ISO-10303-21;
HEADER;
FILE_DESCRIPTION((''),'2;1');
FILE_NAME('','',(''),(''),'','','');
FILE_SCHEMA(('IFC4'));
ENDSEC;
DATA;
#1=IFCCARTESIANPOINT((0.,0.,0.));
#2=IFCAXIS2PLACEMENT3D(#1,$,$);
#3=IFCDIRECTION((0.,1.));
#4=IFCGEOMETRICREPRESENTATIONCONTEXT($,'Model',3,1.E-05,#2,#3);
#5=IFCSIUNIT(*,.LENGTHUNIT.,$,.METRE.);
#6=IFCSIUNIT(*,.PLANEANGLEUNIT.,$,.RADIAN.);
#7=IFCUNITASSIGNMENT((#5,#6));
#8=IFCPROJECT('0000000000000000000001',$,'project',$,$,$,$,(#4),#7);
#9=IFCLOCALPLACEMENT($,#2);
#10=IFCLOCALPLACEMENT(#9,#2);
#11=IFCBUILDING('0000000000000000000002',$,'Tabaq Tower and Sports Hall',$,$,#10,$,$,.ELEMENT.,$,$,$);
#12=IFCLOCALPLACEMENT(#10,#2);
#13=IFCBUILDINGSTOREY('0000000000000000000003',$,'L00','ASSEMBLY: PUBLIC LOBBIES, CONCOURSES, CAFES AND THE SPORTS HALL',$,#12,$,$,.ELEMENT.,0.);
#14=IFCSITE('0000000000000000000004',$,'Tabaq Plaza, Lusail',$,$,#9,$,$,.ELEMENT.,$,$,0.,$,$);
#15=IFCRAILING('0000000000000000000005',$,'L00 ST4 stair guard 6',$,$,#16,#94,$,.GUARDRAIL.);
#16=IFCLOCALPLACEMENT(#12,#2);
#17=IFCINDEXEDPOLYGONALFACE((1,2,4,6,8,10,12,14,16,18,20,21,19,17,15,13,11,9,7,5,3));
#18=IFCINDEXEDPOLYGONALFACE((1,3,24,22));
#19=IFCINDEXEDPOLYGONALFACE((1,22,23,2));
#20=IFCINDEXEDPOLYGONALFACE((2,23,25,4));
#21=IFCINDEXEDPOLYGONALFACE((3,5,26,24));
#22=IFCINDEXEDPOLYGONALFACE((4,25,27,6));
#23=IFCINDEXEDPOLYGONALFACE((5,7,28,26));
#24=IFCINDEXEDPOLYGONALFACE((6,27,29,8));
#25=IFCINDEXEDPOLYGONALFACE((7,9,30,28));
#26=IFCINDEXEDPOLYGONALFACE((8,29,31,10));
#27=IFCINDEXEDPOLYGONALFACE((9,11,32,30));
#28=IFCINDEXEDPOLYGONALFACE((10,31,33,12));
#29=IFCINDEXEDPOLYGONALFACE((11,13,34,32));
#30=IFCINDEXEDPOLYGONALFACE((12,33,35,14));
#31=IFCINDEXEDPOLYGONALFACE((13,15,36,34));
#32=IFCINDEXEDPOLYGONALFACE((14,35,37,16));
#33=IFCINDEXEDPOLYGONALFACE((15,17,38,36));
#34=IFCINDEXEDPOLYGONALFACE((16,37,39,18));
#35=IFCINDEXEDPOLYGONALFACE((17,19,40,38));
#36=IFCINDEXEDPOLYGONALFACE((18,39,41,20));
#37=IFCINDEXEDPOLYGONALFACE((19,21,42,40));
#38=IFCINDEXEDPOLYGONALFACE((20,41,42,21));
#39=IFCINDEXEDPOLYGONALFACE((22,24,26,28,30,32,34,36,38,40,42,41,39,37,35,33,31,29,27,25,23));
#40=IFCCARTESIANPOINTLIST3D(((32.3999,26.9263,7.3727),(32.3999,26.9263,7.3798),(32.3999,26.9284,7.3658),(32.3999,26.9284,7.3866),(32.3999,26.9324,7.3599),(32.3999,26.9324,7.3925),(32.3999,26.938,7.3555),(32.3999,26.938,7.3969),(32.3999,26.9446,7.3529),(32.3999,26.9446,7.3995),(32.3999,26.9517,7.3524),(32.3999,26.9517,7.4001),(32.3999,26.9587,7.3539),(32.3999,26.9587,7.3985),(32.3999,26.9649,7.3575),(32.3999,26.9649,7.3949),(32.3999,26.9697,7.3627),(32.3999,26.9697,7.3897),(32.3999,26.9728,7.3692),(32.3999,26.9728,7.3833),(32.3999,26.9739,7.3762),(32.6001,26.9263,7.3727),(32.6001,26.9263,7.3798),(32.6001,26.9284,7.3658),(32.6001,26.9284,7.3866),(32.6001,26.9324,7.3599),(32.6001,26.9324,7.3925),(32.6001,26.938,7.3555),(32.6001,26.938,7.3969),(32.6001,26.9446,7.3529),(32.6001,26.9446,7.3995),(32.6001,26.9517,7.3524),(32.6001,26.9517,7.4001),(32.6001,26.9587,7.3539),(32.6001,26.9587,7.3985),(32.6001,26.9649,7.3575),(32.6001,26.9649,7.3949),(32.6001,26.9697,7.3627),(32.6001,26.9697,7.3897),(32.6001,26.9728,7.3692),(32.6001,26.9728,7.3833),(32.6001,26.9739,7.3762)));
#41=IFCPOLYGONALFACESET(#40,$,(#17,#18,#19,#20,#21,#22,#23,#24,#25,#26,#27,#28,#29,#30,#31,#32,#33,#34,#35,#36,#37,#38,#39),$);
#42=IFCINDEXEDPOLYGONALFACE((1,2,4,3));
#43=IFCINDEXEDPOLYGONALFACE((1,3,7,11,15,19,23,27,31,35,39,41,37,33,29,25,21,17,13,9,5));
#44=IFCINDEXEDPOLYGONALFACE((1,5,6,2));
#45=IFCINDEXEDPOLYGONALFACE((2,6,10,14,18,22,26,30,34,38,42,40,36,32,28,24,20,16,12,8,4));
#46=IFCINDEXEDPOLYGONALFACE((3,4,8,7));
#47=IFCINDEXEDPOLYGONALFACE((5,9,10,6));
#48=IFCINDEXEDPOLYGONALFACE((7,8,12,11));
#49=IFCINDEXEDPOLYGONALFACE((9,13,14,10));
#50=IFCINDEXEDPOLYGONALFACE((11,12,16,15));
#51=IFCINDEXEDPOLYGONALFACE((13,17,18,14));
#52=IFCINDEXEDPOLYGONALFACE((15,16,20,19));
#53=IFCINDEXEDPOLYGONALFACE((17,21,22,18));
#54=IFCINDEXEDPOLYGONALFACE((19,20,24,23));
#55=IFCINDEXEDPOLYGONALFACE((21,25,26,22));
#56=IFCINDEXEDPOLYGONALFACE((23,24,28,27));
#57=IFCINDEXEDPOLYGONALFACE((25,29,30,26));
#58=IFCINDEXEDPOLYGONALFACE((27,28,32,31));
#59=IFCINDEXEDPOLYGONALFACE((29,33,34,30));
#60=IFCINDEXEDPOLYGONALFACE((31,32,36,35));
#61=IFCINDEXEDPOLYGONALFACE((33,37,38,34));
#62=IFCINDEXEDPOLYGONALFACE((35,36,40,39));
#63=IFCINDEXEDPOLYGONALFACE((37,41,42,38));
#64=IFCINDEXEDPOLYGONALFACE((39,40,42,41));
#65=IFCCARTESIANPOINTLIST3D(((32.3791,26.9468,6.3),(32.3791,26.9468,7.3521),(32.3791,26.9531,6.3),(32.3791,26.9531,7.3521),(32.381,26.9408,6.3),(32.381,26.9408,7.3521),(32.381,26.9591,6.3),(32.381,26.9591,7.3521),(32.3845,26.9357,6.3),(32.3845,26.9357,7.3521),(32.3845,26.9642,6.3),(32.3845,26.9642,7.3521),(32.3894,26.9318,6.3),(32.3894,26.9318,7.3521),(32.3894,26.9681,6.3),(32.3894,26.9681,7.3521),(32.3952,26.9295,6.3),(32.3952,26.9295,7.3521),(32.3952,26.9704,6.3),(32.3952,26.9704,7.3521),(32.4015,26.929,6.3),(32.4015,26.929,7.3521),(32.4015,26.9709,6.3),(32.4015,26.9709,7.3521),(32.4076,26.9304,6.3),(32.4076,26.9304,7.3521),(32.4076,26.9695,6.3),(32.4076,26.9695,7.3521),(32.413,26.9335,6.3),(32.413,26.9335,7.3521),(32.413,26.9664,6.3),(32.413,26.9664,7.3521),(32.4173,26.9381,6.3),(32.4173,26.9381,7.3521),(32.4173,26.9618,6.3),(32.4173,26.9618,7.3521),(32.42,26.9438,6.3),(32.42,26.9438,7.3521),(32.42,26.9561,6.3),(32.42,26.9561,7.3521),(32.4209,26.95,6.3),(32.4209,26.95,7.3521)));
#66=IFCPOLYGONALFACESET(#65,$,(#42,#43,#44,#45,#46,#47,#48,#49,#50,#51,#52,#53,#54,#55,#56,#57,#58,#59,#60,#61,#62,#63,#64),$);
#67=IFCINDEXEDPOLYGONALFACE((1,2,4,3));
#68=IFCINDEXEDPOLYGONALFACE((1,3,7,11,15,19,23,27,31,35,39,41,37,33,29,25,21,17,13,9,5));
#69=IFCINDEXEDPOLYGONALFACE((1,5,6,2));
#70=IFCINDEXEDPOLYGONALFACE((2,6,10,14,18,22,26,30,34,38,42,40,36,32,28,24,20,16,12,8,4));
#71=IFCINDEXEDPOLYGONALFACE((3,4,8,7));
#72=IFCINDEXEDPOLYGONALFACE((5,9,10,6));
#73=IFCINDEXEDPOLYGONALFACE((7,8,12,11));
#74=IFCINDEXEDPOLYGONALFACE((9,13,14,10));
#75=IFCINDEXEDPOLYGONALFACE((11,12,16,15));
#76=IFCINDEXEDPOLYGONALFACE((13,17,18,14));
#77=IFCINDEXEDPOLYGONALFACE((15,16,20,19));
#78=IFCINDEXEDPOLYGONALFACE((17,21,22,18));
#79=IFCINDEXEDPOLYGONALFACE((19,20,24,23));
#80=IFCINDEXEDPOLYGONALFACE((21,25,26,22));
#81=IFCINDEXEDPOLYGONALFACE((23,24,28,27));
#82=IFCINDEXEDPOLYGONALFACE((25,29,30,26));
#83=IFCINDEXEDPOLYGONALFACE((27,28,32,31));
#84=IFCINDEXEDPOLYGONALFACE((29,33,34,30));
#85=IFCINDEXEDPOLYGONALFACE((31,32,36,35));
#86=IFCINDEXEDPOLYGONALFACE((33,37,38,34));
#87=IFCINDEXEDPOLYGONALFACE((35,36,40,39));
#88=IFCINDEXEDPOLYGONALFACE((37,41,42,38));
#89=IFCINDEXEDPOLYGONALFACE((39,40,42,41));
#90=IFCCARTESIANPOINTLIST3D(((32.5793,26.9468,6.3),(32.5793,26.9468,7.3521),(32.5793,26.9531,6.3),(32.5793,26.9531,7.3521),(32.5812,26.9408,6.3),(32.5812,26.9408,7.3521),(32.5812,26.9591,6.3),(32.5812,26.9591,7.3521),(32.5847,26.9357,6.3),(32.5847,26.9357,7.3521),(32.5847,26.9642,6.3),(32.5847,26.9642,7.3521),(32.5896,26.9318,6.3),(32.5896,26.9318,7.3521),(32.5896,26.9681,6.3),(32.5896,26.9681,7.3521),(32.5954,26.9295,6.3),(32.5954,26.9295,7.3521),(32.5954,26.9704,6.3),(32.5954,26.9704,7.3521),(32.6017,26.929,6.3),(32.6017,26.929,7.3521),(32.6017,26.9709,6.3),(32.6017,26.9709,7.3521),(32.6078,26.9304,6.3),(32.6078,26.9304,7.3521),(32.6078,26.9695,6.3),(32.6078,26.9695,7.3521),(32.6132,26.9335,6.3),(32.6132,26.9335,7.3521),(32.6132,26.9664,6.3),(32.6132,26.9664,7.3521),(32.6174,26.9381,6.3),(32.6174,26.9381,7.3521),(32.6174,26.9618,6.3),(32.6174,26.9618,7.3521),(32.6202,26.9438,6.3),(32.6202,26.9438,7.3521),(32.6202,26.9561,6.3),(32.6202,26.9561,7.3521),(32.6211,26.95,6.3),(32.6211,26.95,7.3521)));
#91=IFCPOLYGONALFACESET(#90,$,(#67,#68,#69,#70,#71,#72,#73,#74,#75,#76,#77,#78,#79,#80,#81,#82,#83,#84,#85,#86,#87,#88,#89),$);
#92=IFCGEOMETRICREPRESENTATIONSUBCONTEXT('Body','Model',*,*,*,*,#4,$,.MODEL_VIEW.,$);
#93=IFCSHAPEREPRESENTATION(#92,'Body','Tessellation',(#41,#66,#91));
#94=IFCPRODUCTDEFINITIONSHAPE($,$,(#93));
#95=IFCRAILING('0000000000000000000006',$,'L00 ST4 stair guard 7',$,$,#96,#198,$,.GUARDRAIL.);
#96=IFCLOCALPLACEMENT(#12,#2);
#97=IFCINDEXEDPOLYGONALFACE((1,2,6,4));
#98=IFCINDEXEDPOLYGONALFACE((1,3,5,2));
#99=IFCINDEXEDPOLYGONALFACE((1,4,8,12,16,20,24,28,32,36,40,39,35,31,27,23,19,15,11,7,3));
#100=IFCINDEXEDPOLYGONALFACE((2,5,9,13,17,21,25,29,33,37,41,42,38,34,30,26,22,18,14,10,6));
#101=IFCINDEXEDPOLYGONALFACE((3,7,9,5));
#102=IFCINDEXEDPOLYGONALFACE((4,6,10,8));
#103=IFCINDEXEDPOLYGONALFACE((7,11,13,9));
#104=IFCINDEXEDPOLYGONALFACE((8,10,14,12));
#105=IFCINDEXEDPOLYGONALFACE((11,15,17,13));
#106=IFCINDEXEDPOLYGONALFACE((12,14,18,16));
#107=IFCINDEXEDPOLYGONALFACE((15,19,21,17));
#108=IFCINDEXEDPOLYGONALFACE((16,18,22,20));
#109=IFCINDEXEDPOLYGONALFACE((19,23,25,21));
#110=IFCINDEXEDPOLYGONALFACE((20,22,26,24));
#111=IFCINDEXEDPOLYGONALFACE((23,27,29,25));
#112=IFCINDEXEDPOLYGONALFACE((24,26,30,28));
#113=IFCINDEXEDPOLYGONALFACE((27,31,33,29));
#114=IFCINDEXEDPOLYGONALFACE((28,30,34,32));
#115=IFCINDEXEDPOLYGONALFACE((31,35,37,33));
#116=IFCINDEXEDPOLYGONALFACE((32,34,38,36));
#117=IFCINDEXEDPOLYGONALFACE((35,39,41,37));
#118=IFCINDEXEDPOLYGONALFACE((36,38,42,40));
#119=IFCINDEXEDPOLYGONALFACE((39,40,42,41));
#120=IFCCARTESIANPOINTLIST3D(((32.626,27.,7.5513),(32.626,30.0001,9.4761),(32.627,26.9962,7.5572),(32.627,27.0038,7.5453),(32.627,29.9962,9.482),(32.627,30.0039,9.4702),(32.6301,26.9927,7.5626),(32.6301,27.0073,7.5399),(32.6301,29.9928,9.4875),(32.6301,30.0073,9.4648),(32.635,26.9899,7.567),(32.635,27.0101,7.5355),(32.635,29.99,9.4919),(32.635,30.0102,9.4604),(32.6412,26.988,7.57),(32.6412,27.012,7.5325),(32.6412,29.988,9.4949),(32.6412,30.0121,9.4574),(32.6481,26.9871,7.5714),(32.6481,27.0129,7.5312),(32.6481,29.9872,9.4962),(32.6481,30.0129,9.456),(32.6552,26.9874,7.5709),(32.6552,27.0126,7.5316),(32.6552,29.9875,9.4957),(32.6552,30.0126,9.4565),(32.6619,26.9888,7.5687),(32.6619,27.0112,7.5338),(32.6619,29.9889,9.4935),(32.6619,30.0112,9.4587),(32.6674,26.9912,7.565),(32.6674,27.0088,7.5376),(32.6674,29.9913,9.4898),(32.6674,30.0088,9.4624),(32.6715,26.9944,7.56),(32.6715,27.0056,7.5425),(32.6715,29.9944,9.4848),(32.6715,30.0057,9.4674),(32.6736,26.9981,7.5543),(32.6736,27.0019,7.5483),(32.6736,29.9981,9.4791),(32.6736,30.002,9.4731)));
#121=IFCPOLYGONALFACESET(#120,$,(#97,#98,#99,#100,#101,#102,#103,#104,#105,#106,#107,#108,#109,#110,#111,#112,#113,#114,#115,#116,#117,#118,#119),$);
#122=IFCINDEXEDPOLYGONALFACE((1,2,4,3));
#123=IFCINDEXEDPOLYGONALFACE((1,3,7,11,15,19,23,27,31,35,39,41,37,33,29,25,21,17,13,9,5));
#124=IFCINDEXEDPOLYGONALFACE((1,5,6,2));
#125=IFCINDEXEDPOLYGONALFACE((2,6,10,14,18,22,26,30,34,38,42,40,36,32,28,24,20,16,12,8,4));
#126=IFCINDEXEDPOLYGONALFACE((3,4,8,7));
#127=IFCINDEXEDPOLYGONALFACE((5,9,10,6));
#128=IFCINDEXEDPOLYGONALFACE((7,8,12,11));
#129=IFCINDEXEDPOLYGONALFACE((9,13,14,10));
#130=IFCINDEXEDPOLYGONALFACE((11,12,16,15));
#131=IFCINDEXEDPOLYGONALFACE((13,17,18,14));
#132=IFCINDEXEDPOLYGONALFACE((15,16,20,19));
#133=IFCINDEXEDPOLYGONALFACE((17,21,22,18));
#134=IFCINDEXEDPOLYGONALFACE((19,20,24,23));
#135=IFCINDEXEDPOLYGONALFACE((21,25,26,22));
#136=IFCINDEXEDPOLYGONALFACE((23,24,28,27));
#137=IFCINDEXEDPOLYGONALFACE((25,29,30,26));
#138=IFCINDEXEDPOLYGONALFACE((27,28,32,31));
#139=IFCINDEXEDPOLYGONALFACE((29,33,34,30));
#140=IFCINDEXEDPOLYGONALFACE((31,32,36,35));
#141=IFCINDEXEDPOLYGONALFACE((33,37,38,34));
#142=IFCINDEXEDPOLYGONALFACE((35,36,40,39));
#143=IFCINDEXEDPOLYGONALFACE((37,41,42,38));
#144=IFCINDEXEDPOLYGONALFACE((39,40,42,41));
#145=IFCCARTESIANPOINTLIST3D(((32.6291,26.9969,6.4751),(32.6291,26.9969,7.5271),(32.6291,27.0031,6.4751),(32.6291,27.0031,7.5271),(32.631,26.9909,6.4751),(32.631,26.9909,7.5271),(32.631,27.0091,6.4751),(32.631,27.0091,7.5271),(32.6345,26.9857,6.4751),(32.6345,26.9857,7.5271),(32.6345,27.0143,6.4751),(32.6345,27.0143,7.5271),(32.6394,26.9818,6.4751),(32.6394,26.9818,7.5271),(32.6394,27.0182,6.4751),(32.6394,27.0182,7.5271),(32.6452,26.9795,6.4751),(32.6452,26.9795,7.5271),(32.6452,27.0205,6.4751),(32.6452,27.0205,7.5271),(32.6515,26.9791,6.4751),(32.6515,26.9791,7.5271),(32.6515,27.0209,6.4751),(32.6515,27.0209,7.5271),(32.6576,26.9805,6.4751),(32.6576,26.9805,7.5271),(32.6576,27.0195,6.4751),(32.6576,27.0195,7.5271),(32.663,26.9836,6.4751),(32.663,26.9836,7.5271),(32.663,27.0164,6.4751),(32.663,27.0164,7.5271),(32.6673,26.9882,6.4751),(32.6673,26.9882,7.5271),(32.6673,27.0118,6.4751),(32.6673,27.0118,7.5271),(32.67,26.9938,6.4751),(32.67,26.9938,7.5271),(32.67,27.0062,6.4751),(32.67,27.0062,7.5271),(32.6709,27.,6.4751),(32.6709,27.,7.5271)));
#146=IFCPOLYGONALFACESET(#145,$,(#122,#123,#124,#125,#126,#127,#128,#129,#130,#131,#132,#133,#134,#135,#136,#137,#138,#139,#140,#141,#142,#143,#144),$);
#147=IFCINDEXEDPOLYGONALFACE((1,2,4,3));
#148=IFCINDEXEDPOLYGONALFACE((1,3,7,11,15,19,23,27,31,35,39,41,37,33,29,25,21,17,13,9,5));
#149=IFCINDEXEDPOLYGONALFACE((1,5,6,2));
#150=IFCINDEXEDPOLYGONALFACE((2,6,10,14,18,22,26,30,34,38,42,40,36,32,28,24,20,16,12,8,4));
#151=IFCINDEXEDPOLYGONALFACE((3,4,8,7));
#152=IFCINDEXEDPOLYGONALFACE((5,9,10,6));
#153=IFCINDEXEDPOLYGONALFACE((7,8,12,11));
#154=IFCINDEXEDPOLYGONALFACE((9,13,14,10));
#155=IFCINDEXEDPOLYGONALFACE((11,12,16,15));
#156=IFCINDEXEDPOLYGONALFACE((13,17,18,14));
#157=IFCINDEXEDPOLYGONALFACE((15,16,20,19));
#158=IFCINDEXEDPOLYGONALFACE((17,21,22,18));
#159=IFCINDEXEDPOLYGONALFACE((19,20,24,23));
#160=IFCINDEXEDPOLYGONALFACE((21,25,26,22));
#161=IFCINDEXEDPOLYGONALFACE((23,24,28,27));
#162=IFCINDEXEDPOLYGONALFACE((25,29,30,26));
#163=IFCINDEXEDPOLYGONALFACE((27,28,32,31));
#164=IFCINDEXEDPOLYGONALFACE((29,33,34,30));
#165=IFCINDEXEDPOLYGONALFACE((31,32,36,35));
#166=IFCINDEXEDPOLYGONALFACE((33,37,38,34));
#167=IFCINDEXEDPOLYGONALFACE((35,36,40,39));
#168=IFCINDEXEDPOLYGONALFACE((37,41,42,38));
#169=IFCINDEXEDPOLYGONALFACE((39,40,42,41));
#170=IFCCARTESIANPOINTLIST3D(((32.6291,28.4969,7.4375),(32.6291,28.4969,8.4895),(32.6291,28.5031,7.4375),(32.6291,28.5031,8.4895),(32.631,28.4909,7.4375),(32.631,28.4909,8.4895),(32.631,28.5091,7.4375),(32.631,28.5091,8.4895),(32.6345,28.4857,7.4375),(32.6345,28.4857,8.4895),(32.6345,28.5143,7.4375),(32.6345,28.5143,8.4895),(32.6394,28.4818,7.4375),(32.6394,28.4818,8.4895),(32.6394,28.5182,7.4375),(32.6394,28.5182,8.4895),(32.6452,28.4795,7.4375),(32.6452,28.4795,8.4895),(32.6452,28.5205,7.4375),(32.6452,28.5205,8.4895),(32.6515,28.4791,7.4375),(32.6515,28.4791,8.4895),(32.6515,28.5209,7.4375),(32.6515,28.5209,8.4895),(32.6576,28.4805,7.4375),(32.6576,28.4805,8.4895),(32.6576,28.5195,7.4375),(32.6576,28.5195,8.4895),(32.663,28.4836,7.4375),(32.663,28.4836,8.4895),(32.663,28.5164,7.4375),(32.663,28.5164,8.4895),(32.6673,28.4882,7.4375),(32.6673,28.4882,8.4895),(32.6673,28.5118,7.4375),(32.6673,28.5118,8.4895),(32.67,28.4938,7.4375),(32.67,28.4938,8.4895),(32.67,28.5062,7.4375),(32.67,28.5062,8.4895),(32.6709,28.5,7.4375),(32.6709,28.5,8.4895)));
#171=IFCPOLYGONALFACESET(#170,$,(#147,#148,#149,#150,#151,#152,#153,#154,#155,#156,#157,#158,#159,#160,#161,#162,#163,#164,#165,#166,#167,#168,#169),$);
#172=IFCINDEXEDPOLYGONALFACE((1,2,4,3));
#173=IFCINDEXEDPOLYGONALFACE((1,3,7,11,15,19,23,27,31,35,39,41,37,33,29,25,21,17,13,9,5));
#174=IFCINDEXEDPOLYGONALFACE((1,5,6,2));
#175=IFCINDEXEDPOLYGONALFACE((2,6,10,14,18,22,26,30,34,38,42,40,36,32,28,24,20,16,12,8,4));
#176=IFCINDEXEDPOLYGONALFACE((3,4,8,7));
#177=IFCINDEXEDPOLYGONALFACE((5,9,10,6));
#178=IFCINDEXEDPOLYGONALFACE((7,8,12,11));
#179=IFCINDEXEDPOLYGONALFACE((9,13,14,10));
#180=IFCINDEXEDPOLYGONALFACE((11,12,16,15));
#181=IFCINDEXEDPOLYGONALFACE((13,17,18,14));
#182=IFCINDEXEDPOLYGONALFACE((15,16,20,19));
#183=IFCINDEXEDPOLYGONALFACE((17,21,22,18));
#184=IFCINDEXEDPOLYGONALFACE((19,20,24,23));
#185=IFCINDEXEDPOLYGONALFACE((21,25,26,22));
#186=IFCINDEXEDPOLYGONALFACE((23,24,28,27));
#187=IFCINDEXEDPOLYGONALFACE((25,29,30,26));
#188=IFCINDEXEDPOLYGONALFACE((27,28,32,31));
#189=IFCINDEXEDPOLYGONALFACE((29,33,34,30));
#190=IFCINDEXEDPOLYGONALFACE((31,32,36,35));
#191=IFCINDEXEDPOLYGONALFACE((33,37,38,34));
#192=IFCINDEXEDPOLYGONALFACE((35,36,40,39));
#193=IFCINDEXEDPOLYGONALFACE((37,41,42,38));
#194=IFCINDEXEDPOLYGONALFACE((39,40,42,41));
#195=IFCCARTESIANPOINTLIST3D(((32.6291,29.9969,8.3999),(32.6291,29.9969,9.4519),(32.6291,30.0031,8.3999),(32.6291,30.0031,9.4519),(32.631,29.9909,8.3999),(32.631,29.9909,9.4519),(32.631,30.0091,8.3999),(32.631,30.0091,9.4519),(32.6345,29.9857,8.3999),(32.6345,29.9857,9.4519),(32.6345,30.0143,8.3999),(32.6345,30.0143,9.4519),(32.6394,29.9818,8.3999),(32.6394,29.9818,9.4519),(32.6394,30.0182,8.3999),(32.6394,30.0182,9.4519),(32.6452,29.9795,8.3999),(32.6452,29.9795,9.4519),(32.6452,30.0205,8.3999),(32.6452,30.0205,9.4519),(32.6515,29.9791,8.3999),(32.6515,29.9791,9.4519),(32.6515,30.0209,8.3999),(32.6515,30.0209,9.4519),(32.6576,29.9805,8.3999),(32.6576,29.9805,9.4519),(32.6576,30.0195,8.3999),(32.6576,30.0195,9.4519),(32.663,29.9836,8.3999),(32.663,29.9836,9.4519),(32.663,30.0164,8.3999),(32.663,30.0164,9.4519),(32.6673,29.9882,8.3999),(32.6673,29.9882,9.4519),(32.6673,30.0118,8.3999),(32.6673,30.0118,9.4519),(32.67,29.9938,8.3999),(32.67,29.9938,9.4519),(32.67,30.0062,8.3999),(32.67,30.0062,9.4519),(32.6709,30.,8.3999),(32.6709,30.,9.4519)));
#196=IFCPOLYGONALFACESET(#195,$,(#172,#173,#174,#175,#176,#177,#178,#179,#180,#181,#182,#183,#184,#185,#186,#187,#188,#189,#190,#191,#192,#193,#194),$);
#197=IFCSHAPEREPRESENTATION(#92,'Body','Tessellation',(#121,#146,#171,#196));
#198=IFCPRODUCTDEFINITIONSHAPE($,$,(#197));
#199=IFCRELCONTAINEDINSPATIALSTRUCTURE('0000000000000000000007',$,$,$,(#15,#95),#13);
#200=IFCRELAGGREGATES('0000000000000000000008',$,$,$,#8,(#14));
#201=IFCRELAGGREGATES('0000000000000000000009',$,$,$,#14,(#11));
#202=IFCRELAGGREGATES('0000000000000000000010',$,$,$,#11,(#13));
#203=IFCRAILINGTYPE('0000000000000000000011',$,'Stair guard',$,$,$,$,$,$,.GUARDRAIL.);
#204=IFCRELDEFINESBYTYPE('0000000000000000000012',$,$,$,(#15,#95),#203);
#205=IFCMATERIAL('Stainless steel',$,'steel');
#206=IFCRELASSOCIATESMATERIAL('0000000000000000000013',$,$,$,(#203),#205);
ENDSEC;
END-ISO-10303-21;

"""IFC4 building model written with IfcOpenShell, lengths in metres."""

from ifc_helpers import new_model, si_unit, direction, frame, origin, origin_2d, place, context, subcontext, project, spatial, circle, extrude, material, type_object, element, save


model = new_model("IFC4")

# Units and contexts
model_context = context("Model", 3, precision=1e-05, world=origin(), true_north=direction((0.0, 1.0)))
body_context = subcontext(model_context, "Body", "Model", "MODEL_VIEW")
ifc_project = project(units=[si_unit("LENGTHUNIT", "METRE"), si_unit("PLANEANGLEUNIT", "RADIAN")], contexts=[model_context])

# Site, building, storey
site_placement = place(None, origin())
site = spatial("IfcSite", under=ifc_project, at=site_placement, Name="Tabaq Plaza, Lusail", CompositionType="ELEMENT", RefElevation=0.0)
building_placement = place(site_placement, origin())
building = spatial("IfcBuilding", under=site, at=building_placement, Name="Tabaq Tower and Sports Hall", CompositionType="ELEMENT")
storey_placement = place(building_placement, origin())
storey = spatial("IfcBuildingStorey", under=building, at=storey_placement, Name="L00", Description="ASSEMBLY: PUBLIC LOBBIES, CONCOURSES, CAFES AND THE SPORTS HALL", CompositionType="ELEMENT", Elevation=0.0)

# Railings
ifc_material_1 = material(Name="Stainless steel", Category="steel")
railing_type_1 = type_object("IfcRailingType", Name="Stair guard", PredefinedType="GUARDRAIL", material=ifc_material_1)
railing_1_placement = place(storey_placement, frame((32.3999, 26.95, 6.3)))
element("IfcRailing", 1, at=railing_1_placement, inside=storey, type_object=railing_type_1, Name="L00 ST4 stair guard 6", PredefinedType="GUARDRAIL", context=body_context, shape_type="SweptSolid", body=[
    extrude(circle(Radius=0.0239, at=origin_2d()), frame((0.0, 0.0, 1.0762), z_axis=(1.0, 0.0, 0.0), x_axis=(0.0, 1.0, 0.0)), (0.0, 0.0, 1.0), 0.2002),
    extrude(circle(Radius=0.021, at=origin_2d()), origin(), (0.0, 0.0, 1.0), 1.052),
    extrude(circle(Radius=0.021, at=origin_2d()), frame((0.2002, 0.0, 0.0)), (0.0, 0.0, 1.0), 1.052),
])
railing_2_placement = place(storey_placement, frame((32.6499, 27.0, 6.4751)))
element("IfcRailing", 2, at=railing_2_placement, inside=storey, type_object=railing_type_1, Name="L00 ST4 stair guard 7", PredefinedType="GUARDRAIL", context=body_context, shape_type="SweptSolid", body=[
    extrude(circle(Radius=0.0239, at=origin_2d()), frame((0.0, 0.0, 1.0762), z_axis=(0.0, 0.841659, 0.54001), x_axis=(-1.0, 0.0, 0.0)), (0.0, 0.0, 1.0), 3.5645),
    extrude(circle(Radius=0.021, at=origin_2d()), origin(), (0.0, 0.0, 1.0), 1.052),
    extrude(circle(Radius=0.021, at=origin_2d()), frame((0.0, 1.5, 0.9624)), (0.0, 0.0, 1.0), 1.052),
    extrude(circle(Radius=0.021, at=origin_2d()), frame((0.0, 3.0, 1.9248)), (0.0, 0.0, 1.0), 1.052),
])

save(model, "model.ifc")
